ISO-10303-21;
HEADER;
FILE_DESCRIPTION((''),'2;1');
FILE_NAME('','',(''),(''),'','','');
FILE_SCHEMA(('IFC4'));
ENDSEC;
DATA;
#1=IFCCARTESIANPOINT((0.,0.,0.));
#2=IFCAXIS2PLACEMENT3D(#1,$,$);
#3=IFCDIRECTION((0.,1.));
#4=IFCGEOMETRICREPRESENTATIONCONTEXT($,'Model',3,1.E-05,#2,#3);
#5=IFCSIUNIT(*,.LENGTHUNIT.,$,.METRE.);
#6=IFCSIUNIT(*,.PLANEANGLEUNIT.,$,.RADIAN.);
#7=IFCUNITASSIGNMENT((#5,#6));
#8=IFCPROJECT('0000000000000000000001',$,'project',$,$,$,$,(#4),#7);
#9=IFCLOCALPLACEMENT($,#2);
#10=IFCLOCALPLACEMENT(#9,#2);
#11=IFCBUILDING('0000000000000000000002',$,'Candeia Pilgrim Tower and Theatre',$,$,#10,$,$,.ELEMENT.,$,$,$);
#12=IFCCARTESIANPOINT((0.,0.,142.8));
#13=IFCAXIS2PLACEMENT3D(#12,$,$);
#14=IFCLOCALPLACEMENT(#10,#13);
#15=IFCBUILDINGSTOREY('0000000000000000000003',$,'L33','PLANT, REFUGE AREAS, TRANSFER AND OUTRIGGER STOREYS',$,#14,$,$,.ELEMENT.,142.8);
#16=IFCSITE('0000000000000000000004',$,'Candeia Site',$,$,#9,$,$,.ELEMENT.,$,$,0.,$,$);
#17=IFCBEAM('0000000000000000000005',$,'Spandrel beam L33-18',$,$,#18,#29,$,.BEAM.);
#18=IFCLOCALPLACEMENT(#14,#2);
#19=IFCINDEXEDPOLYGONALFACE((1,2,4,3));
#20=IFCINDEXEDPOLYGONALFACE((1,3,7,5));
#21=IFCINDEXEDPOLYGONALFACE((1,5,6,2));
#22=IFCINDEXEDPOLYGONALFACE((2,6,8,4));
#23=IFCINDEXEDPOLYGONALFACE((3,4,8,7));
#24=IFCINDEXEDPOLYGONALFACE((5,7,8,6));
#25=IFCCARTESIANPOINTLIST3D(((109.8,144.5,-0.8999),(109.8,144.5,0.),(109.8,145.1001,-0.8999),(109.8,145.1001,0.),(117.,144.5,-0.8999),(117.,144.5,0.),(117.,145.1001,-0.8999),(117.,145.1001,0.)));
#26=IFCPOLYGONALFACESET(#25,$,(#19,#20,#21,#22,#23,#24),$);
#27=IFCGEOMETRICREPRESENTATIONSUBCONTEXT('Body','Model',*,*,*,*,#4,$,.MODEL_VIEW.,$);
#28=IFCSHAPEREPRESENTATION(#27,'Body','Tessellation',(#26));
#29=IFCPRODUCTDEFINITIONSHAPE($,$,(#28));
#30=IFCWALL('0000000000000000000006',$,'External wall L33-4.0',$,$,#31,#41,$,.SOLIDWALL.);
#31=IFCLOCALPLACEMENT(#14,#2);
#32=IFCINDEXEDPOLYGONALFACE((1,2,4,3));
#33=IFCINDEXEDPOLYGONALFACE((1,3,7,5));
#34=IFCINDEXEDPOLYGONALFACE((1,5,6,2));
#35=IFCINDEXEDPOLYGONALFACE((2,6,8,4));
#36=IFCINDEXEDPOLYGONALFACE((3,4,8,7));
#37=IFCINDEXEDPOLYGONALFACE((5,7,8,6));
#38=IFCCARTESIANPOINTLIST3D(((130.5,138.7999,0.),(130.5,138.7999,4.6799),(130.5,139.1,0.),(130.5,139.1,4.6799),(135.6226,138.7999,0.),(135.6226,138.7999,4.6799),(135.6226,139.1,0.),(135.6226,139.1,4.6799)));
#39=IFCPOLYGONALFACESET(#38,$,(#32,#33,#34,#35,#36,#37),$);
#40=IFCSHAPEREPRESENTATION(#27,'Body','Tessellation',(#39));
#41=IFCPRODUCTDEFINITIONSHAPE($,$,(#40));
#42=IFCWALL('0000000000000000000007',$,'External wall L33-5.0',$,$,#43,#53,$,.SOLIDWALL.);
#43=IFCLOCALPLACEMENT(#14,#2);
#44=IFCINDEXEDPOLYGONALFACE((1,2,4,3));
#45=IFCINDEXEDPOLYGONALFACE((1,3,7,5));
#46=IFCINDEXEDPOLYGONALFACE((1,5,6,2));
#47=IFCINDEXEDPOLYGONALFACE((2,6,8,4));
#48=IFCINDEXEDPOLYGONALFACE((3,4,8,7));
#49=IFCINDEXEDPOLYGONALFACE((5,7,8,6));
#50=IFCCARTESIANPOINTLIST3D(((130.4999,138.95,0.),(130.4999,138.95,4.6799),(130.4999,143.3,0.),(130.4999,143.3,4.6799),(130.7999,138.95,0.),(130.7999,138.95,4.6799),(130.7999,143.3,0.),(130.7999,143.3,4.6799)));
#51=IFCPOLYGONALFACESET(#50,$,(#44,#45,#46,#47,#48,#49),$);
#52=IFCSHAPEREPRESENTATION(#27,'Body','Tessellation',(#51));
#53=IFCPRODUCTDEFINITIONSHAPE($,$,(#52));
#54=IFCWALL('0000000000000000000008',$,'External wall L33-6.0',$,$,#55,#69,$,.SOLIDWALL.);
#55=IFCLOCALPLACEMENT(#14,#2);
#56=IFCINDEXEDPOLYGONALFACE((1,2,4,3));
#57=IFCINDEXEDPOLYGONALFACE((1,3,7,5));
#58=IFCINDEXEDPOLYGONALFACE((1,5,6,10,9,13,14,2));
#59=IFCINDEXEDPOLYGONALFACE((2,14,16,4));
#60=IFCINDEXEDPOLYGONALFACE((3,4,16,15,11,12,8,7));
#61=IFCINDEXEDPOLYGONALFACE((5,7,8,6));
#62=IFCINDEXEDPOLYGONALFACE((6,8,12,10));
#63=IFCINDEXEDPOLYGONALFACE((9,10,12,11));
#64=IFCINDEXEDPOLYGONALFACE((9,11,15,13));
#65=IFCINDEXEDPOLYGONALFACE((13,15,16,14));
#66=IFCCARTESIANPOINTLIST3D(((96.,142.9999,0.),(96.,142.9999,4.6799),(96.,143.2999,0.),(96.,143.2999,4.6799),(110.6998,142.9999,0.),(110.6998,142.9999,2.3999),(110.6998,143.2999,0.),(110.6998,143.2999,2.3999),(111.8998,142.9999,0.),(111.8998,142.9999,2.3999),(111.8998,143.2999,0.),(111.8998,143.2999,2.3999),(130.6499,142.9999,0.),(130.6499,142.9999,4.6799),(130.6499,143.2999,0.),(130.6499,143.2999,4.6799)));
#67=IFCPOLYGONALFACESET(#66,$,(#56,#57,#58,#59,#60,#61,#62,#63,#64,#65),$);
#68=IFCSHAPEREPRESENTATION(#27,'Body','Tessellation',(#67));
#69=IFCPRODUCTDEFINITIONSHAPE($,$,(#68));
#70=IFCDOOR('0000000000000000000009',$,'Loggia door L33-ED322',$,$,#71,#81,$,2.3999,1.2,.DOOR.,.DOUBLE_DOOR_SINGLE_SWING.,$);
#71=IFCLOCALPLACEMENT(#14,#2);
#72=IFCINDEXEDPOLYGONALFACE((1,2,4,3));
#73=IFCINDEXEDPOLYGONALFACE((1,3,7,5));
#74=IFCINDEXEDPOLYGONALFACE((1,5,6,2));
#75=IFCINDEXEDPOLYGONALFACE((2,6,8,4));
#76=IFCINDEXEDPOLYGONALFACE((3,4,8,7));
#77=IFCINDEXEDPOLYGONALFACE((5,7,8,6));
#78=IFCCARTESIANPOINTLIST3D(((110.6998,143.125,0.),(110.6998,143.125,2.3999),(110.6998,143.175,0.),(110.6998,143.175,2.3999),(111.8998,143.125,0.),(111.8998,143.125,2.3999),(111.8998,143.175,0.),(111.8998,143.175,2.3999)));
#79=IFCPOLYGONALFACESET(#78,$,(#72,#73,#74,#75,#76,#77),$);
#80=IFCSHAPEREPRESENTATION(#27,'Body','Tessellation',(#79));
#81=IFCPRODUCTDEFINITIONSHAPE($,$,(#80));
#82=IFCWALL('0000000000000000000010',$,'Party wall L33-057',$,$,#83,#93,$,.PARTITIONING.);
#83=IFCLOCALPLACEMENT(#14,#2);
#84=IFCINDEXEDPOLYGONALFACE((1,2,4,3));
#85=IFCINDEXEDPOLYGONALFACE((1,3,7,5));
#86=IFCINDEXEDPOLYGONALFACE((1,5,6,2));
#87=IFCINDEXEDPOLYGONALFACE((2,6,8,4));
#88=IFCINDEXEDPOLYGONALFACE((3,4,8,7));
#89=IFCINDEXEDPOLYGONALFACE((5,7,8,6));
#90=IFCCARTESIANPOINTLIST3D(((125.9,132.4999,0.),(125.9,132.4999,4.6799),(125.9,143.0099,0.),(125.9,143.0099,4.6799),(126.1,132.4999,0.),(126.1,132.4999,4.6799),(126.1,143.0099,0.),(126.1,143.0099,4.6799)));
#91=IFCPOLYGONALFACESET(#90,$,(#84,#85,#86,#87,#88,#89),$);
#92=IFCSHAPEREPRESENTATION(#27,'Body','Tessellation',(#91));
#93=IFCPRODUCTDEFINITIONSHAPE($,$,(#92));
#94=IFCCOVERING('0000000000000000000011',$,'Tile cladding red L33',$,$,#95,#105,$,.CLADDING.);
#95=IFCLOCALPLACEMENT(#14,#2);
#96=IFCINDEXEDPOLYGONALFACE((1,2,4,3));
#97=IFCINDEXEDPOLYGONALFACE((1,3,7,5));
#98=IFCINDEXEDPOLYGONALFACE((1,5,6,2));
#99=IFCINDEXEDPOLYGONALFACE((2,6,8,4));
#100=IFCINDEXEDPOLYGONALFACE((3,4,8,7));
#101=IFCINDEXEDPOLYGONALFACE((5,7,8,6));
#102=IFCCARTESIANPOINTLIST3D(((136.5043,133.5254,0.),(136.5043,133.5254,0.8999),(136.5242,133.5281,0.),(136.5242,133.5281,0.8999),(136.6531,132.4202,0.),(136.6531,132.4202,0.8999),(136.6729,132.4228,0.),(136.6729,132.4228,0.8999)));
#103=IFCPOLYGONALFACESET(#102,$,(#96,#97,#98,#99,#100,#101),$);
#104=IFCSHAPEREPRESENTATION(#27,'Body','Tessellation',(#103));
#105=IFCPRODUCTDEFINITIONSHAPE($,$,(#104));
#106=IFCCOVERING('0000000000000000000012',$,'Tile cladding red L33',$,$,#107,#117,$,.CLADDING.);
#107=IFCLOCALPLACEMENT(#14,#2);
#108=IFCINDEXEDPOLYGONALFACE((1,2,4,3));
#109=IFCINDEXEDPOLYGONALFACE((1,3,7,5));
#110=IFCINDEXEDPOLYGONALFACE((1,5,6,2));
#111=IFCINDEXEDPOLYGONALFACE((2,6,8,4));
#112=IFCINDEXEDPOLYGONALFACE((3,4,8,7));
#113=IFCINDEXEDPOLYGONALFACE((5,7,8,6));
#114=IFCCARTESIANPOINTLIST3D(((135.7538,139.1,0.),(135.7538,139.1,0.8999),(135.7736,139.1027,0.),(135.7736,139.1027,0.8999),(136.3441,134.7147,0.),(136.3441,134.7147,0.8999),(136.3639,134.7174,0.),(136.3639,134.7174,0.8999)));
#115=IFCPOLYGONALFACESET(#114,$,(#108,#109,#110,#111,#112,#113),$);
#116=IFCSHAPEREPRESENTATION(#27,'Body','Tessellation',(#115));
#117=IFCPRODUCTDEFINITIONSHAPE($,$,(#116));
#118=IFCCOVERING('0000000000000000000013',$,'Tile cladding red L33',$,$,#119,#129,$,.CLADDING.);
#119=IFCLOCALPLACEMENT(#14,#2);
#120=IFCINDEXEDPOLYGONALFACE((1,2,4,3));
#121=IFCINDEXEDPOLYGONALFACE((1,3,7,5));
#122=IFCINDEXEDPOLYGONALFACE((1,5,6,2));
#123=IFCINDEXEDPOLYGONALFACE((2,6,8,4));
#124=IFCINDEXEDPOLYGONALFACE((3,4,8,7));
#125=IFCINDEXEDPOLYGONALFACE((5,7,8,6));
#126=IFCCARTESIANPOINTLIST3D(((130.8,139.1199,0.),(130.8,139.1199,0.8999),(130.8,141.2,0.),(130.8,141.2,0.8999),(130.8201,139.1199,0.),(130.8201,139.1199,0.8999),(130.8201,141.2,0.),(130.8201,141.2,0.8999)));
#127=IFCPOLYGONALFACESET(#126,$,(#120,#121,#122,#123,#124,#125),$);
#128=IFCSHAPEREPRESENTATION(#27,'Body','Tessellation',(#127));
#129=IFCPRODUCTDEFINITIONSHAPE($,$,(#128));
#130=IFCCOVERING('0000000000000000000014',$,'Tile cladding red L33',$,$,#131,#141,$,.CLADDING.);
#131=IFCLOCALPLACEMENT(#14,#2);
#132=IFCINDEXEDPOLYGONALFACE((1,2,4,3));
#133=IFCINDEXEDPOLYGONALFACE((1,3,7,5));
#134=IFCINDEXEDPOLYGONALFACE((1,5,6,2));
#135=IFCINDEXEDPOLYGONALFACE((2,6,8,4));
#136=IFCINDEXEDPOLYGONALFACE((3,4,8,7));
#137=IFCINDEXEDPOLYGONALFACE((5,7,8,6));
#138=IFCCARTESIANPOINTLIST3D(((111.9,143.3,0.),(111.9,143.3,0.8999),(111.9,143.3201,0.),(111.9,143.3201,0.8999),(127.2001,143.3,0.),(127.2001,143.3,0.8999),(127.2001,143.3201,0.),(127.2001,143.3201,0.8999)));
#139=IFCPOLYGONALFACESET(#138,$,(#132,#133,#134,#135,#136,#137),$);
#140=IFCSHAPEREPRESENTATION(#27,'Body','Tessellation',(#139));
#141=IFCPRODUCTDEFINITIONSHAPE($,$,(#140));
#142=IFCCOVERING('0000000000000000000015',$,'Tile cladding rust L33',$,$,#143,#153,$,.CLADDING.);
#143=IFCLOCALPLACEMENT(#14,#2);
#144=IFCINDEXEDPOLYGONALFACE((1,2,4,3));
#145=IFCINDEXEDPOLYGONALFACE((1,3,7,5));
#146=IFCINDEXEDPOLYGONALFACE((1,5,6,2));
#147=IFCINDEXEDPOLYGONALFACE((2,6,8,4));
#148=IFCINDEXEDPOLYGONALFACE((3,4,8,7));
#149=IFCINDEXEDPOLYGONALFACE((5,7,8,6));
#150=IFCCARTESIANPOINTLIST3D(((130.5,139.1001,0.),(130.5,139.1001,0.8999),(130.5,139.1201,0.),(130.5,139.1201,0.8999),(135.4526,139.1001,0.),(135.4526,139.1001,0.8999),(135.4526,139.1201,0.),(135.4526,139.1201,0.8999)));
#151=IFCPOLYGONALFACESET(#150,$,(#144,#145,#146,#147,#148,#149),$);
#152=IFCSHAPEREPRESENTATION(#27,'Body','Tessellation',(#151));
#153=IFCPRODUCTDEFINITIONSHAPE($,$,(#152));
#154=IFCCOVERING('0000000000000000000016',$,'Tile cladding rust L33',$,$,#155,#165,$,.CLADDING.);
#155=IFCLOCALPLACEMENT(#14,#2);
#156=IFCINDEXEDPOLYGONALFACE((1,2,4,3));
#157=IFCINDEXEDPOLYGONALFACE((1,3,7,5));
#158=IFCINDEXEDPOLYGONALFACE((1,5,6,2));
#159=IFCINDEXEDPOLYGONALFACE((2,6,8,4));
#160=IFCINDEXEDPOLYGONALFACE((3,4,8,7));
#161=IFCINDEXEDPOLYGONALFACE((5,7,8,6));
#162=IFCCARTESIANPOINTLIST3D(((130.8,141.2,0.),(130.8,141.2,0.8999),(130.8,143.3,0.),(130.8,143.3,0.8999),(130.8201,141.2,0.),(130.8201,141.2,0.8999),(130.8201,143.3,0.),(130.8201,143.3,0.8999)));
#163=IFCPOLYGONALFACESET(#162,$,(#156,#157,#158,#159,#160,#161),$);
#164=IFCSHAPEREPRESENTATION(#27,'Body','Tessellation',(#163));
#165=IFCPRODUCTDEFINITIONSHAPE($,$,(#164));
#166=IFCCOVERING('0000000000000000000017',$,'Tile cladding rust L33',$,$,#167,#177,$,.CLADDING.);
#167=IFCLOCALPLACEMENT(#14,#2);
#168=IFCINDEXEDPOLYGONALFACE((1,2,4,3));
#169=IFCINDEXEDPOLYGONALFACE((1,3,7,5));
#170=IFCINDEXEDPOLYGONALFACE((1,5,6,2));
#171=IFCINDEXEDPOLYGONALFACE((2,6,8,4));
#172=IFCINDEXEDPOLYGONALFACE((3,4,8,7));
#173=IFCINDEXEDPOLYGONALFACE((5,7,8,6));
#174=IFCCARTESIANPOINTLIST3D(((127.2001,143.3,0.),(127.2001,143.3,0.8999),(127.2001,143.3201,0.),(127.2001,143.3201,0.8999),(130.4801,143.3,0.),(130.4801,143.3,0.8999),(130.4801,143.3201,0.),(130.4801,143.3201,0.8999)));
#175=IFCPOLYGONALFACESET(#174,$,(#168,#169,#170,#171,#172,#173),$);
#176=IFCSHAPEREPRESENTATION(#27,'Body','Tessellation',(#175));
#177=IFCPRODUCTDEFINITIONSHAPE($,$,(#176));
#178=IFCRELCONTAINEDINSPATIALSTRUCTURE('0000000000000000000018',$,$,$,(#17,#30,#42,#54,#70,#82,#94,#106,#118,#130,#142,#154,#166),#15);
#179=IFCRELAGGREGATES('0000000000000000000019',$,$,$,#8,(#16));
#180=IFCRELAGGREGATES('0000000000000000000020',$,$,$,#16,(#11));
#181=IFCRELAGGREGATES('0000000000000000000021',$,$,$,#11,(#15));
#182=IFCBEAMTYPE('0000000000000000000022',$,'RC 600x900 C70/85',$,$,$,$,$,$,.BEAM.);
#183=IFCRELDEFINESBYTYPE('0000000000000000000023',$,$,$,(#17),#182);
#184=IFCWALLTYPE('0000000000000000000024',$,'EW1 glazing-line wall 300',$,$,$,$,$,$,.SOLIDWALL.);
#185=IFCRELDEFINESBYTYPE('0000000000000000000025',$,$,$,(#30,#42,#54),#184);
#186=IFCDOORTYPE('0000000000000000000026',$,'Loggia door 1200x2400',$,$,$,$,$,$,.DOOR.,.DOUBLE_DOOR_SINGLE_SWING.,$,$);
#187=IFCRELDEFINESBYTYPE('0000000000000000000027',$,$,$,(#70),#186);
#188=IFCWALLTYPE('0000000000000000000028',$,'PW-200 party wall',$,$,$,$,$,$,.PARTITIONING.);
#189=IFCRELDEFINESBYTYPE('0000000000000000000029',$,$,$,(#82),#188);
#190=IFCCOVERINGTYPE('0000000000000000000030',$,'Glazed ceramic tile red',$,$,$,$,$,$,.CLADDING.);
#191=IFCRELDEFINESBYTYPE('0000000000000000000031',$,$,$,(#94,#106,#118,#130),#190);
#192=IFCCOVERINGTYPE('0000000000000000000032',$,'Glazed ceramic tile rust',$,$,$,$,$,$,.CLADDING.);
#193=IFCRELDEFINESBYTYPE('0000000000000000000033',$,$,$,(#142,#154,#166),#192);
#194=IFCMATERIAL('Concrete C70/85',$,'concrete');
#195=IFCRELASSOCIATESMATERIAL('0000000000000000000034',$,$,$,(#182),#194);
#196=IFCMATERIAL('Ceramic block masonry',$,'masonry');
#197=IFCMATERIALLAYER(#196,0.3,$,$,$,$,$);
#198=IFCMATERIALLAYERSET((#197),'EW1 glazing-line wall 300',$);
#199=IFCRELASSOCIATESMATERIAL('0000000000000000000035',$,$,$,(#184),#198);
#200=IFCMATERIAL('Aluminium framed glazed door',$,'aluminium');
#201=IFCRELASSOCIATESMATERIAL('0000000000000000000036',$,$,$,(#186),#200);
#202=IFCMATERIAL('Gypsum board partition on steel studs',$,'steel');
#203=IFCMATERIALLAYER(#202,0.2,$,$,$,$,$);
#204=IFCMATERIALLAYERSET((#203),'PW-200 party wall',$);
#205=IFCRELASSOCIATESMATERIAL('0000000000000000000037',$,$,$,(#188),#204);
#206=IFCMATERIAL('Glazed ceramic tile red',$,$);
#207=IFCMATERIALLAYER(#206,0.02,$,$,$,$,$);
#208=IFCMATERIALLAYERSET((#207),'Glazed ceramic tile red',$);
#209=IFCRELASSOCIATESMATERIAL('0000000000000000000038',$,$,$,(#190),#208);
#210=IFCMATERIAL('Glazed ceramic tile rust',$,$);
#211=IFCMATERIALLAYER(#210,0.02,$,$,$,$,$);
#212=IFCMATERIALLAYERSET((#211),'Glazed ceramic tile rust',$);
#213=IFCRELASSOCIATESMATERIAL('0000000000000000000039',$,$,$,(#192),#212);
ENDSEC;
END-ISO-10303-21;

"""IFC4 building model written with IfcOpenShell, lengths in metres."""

from ifc_helpers import new_model, si_unit, direction, frame, frame_2d, origin, origin_2d, place, context, subcontext, project, spatial, rectangle, extrude, material, layer, layer_set, material_profile, profile_set, type_object, element, fill, save


model = new_model("IFC4")

# Units and contexts
model_context = context("Model", 3, precision=1e-05, world=origin(), true_north=direction((0.0, 1.0)))
body_context = subcontext(model_context, "Body", "Model", "MODEL_VIEW")
ifc_project = project(units=[si_unit("LENGTHUNIT", "METRE"), si_unit("PLANEANGLEUNIT", "RADIAN")], contexts=[model_context])

# Site, building, storey
site_placement = place(None, origin())
site = spatial("IfcSite", under=ifc_project, at=site_placement, Name="Candeia Site", CompositionType="ELEMENT", RefElevation=0.0)
building_placement = place(site_placement, origin())
building = spatial("IfcBuilding", under=site, at=building_placement, Name="Candeia Pilgrim Tower and Theatre", CompositionType="ELEMENT")
storey_placement = place(building_placement, frame((0.0, 0.0, 142.8)))
storey = spatial("IfcBuildingStorey", under=building, at=storey_placement, Name="L33", Description="PLANT, REFUGE AREAS, TRANSFER AND OUTRIGGER STOREYS", CompositionType="ELEMENT", Elevation=142.8)

# Shared definitions
ifc_material_1 = material(Name="Concrete C70/85", Category="concrete")

# Beam
ifc_material_profile_1 = material_profile(ifc_material_1, rectangle(XDim=0.6001, YDim=0.8999, at=origin_2d()))
ifc_profile_set_1 = profile_set([ifc_material_profile_1], Name="Concrete C70/85")
beam_type = type_object("IfcBeamType", Name="RC 600x900 C70/85", PredefinedType="BEAM", material=ifc_profile_set_1)
for number, where, z_axis, x_axis, name in (
    (1, (117.0, 144.8, -0.45), (-1.0, 0.0, 0.0), (0.0, -1.0, 0.0), "Spandrel beam L33-18"),
):
    element("IfcBeam", number, at=place(storey_placement, frame(where, z_axis=z_axis, x_axis=x_axis)), inside=storey, type_object=beam_type, Name=name, PredefinedType="BEAM", context=body_context, shape_type="SweptSolid", body=[
        extrude(rectangle(XDim=0.6001, YDim=0.8999, at=origin_2d()), origin(), (0.0, 0.0, 1.0), 7.2),
    ])

# Shared definitions
ifc_material_2 = material(Name="Ceramic block masonry", Category="masonry")
ifc_layer_1 = layer(ifc_material_2, 0.3)
ifc_layer_set_1 = layer_set([ifc_layer_1], Name="EW1 glazing-line wall 300")
wall_type_1 = type_object("IfcWallType", Name="EW1 glazing-line wall 300", PredefinedType="SOLIDWALL", material=ifc_layer_set_1)
ifc_material_3 = material(Name="Aluminium framed glazed door", Category="aluminium")
door_type = type_object("IfcDoorType", Name="Loggia door 1200x2400", OperationType="DOUBLE_DOOR_SINGLE_SWING", PredefinedType="DOOR", material=ifc_material_3)

# Walls
wall_1_placement = place(storey_placement, frame((135.6226, 138.95, 0.0), z_axis=(0.0, 0.0, 1.0), x_axis=(-1.0, 0.0, 0.0)))
element("IfcWall", 2, at=wall_1_placement, inside=storey, type_object=wall_type_1, Name="External wall L33-4.0", PredefinedType="SOLIDWALL", context=body_context, shape_type="SweptSolid", body=[
    extrude(rectangle(XDim=5.1226, YDim=0.3, at=frame_2d((2.5613, 0.0))), origin(), (0.0, 0.0, 1.0), 4.6799),
])
wall_2_placement = place(storey_placement, frame((130.6499, 138.95, 0.0), z_axis=(0.0, 0.0, 1.0), x_axis=(0.0, 1.0, 0.0)))
element("IfcWall", 3, at=wall_2_placement, inside=storey, type_object=wall_type_1, Name="External wall L33-5.0", PredefinedType="SOLIDWALL", context=body_context, shape_type="SweptSolid", body=[
    extrude(rectangle(XDim=4.3501, YDim=0.3, at=frame_2d((2.175, 0.0))), origin(), (0.0, 0.0, 1.0), 4.6799),
])

# Wall, opening, door
wall_3_placement = place(storey_placement, frame((130.6499, 143.1499, 0.0), z_axis=(0.0, 0.0, 1.0), x_axis=(-1.0, 0.0, 0.0)))
wall_3 = element("IfcWall", 4, at=wall_3_placement, inside=storey, type_object=wall_type_1, Name="External wall L33-6.0", PredefinedType="SOLIDWALL", context=body_context, shape_type="SweptSolid", body=[
    extrude(rectangle(XDim=34.6499, YDim=0.3, at=frame_2d((17.325, 0.0))), origin(), (0.0, 0.0, 1.0), 4.6799),
])
opening_1_placement = place(wall_3_placement, frame((18.75, 0.0, 0.0)))
opening_1 = element("IfcOpeningElement", 5, at=opening_1_placement, cuts=wall_3, PredefinedType="OPENING", context=body_context, shape_type="SweptSolid", body=[
    extrude(rectangle(XDim=1.2, YDim=2.3999, at=frame_2d((0.6001, 1.2))), frame((0.0, 0.1602, 0.0), z_axis=(0.0, -1.0, 0.0), x_axis=(1.0, 0.0, 0.0)), (0.0, 0.0, 1.0), 0.3201),
])
door_1_placement = place(opening_1_placement, origin())
door_1 = element("IfcDoor", 6, at=door_1_placement, inside=storey, type_object=door_type, Name="Loggia door L33-ED322", OperationType="DOUBLE_DOOR_SINGLE_SWING", OverallHeight=2.3999, OverallWidth=1.2, PredefinedType="DOOR", context=body_context, shape_type="SweptSolid", body=[
    extrude(rectangle(XDim=1.2, YDim=2.3999, at=frame_2d((0.6001, 1.2))), frame((0.0, 0.0249, 0.0), z_axis=(0.0, -1.0, 0.0), x_axis=(1.0, 0.0, 0.0)), (0.0, 0.0, 1.0), 0.05),
])
fill(opening_1, door_1)

# Wall
ifc_material_4 = material(Name="Gypsum board partition on steel studs", Category="steel")
ifc_layer_2 = layer(ifc_material_4, 0.2)
ifc_layer_set_2 = layer_set([ifc_layer_2], Name="PW-200 party wall")
wall_type_2 = type_object("IfcWallType", Name="PW-200 party wall", PredefinedType="PARTITIONING", material=ifc_layer_set_2)
wall_4_placement = place(storey_placement, frame((126.0, 132.5, 0.0), z_axis=(0.0, 0.0, 1.0), x_axis=(0.0, 1.0, 0.0)))
element("IfcWall", 7, at=wall_4_placement, inside=storey, type_object=wall_type_2, Name="Party wall L33-057", PredefinedType="PARTITIONING", context=body_context, shape_type="SweptSolid", body=[
    extrude(rectangle(XDim=10.51, YDim=0.2, at=frame_2d((5.2549, 0.0))), origin(), (0.0, 0.0, 1.0), 4.6799),
])

# Coverings
ifc_material_5 = material(Name="Glazed ceramic tile red")
ifc_layer_3 = layer(ifc_material_5, 0.02)
ifc_layer_set_3 = layer_set([ifc_layer_3], Name="Glazed ceramic tile red")
covering_type_1 = type_object("IfcCoveringType", Name="Glazed ceramic tile red", PredefinedType="CLADDING", material=ifc_layer_set_3)
covering_1_placement = place(storey_placement, frame((136.5886, 132.9741, 0.0), z_axis=(0.0, 0.0, 1.0), x_axis=(-0.133412, 0.991061, 0.0)))
element("IfcCovering", 8, at=covering_1_placement, inside=storey, type_object=covering_type_1, Name="Tile cladding red L33", PredefinedType="CLADDING", context=body_context, shape_type="SweptSolid", body=[
    extrude(rectangle(XDim=1.1152, YDim=0.02, at=origin_2d()), origin(), (0.0, 0.0, 1.0), 0.8999),
])
covering_2_placement = place(storey_placement, frame((136.0588, 136.9087, 0.0), z_axis=(0.0, 0.0, 1.0), x_axis=(-0.133412, 0.991061, 0.0)))
element("IfcCovering", 9, at=covering_2_placement, inside=storey, type_object=covering_type_1, Name="Tile cladding red L33", PredefinedType="CLADDING", context=body_context, shape_type="SweptSolid", body=[
    extrude(rectangle(XDim=4.4248, YDim=0.02, at=origin_2d()), origin(), (0.0, 0.0, 1.0), 0.8999),
])
covering_3_placement = place(storey_placement, frame((130.8101, 140.1599, 0.0), z_axis=(0.0, 0.0, 1.0), x_axis=(0.0, 1.0, 0.0)))
element("IfcCovering", 10, at=covering_3_placement, inside=storey, type_object=covering_type_1, Name="Tile cladding red L33", PredefinedType="CLADDING", context=body_context, shape_type="SweptSolid", body=[
    extrude(rectangle(XDim=2.0801, YDim=0.02, at=origin_2d()), origin(), (0.0, 0.0, 1.0), 0.8999),
])
covering_4_placement = place(storey_placement, frame((119.55, 143.3101, 0.0), z_axis=(0.0, 0.0, 1.0), x_axis=(-1.0, 0.0, 0.0)))
element("IfcCovering", 11, at=covering_4_placement, inside=storey, type_object=covering_type_1, Name="Tile cladding red L33", PredefinedType="CLADDING", context=body_context, shape_type="SweptSolid", body=[
    extrude(rectangle(XDim=15.3, YDim=0.02, at=origin_2d()), origin(), (0.0, 0.0, 1.0), 0.8999),
])
ifc_material_6 = material(Name="Glazed ceramic tile rust")
ifc_layer_4 = layer(ifc_material_6, 0.02)
ifc_layer_set_4 = layer_set([ifc_layer_4], Name="Glazed ceramic tile rust")
covering_type_2 = type_object("IfcCoveringType", Name="Glazed ceramic tile rust", PredefinedType="CLADDING", material=ifc_layer_set_4)
covering_5_placement = place(storey_placement, frame((132.9763, 139.1101, 0.0), z_axis=(0.0, 0.0, 1.0), x_axis=(-1.0, 0.0, 0.0)))
element("IfcCovering", 12, at=covering_5_placement, inside=storey, type_object=covering_type_2, Name="Tile cladding rust L33", PredefinedType="CLADDING", context=body_context, shape_type="SweptSolid", body=[
    extrude(rectangle(XDim=4.9526, YDim=0.02, at=origin_2d()), origin(), (0.0, 0.0, 1.0), 0.8999),
])
covering_6_placement = place(storey_placement, frame((130.8101, 142.25, 0.0), z_axis=(0.0, 0.0, 1.0), x_axis=(0.0, 1.0, 0.0)))
element("IfcCovering", 13, at=covering_6_placement, inside=storey, type_object=covering_type_2, Name="Tile cladding rust L33", PredefinedType="CLADDING", context=body_context, shape_type="SweptSolid", body=[
    extrude(rectangle(XDim=2.1001, YDim=0.02, at=origin_2d()), origin(), (0.0, 0.0, 1.0), 0.8999),
])
covering_7_placement = place(storey_placement, frame((128.8401, 143.3101, 0.0), z_axis=(0.0, 0.0, 1.0), x_axis=(-1.0, 0.0, 0.0)))
element("IfcCovering", 14, at=covering_7_placement, inside=storey, type_object=covering_type_2, Name="Tile cladding rust L33", PredefinedType="CLADDING", context=body_context, shape_type="SweptSolid", body=[
    extrude(rectangle(XDim=3.28, YDim=0.02, at=origin_2d()), origin(), (0.0, 0.0, 1.0), 0.8999),
])

save(model, "model.ifc")
